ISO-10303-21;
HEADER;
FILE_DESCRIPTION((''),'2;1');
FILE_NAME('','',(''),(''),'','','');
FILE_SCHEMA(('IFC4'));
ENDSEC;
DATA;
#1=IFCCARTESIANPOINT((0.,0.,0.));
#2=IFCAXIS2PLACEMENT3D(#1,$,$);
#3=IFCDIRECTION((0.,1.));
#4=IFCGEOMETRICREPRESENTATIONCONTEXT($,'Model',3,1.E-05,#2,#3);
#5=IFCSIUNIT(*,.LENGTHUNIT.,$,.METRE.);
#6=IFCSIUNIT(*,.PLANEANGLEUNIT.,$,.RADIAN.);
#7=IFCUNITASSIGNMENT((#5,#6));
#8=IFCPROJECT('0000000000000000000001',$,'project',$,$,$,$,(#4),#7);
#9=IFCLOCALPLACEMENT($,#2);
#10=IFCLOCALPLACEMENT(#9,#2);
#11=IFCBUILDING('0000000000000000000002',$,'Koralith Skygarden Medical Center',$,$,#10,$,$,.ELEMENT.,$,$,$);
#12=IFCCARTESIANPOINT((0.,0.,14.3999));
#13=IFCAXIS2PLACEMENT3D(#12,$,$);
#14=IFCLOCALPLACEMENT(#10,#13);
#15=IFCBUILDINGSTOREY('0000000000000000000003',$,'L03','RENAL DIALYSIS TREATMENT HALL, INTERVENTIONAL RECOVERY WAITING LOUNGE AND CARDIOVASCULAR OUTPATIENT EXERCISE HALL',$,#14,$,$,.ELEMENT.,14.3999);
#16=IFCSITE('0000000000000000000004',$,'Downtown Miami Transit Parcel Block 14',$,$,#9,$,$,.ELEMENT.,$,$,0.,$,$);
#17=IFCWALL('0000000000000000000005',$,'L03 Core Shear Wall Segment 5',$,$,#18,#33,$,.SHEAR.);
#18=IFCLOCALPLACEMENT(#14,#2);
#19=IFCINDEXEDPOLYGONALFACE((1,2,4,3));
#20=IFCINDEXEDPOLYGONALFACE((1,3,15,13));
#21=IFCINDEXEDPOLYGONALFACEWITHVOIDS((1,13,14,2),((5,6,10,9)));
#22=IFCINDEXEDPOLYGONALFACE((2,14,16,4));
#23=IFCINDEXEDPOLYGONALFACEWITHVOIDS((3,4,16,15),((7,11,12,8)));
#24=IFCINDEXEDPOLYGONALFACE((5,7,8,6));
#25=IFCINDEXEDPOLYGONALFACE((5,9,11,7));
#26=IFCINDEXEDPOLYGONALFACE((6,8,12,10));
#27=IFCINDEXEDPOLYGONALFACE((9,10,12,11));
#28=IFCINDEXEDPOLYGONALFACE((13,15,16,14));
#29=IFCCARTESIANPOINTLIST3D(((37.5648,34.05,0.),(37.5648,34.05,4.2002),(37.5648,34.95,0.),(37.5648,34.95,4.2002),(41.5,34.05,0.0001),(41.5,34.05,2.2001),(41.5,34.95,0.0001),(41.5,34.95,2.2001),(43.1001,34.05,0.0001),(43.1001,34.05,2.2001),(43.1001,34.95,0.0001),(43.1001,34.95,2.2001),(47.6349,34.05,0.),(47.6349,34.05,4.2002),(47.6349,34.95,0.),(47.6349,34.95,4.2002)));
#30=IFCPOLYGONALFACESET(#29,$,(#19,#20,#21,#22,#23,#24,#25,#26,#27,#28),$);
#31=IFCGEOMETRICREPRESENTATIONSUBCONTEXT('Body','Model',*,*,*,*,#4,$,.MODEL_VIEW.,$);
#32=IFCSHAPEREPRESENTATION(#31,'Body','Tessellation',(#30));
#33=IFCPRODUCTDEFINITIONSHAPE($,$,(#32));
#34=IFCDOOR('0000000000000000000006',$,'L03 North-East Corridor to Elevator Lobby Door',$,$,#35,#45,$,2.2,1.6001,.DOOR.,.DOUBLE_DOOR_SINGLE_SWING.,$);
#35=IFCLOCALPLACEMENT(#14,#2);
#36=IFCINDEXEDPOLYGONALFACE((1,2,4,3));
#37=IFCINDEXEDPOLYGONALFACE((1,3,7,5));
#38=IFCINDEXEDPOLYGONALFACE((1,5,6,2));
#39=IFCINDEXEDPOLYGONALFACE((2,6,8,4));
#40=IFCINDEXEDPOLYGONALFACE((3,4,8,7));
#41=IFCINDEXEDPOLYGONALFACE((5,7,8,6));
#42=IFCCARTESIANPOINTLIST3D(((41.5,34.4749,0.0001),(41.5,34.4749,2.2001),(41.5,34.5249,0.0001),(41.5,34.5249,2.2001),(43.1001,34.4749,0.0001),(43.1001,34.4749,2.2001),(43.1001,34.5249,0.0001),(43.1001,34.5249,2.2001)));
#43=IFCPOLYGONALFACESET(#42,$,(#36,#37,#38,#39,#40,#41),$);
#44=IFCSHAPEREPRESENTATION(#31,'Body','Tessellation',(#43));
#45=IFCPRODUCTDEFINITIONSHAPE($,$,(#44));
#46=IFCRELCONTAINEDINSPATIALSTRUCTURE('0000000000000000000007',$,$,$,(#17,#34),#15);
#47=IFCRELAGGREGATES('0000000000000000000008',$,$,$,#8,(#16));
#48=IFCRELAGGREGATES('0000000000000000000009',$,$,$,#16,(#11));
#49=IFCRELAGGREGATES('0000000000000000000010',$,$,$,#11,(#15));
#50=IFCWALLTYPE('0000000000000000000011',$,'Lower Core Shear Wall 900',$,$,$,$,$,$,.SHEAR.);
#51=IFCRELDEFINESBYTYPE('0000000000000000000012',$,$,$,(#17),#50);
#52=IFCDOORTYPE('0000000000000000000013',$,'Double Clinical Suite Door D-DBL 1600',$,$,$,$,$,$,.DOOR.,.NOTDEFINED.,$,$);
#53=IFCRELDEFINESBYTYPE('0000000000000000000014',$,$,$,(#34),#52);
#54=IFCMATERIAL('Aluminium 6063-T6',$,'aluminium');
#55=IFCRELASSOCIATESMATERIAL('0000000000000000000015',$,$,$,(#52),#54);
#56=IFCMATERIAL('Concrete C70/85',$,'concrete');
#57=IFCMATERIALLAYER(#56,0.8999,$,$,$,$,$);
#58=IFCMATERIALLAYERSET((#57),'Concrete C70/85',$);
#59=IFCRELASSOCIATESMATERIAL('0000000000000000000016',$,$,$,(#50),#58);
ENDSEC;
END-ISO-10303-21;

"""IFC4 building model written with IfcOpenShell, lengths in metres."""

from ifc_helpers import new_model, si_unit, direction, frame, frame_2d, origin, place, context, subcontext, project, spatial, rectangle, extrude, material, layer, layer_set, type_object, element, fill, save


model = new_model("IFC4")

# Units and contexts
model_context = context("Model", 3, precision=1e-05, world=origin(), true_north=direction((0.0, 1.0)))
body_context = subcontext(model_context, "Body", "Model", "MODEL_VIEW")
ifc_project = project(units=[si_unit("LENGTHUNIT", "METRE"), si_unit("PLANEANGLEUNIT", "RADIAN")], contexts=[model_context])

# Site, building, storey
site_placement = place(None, origin())
site = spatial("IfcSite", under=ifc_project, at=site_placement, Name="Downtown Miami Transit Parcel Block 14", CompositionType="ELEMENT", RefElevation=0.0)
building_placement = place(site_placement, origin())
building = spatial("IfcBuilding", under=site, at=building_placement, Name="Koralith Skygarden Medical Center", CompositionType="ELEMENT")
storey_placement = place(building_placement, frame((0.0, 0.0, 14.3999)))
storey = spatial("IfcBuildingStorey", under=building, at=storey_placement, Name="L03", Description="RENAL DIALYSIS TREATMENT HALL, INTERVENTIONAL RECOVERY WAITING LOUNGE AND CARDIOVASCULAR OUTPATIENT EXERCISE HALL", CompositionType="ELEMENT", Elevation=14.3999)

# Shared definitions
ifc_material_1 = material(Name="Concrete C70/85", Category="concrete")

# Shared definitions
ifc_material_2 = material(Name="Aluminium 6063-T6", Category="aluminium")

# Wall, opening, door
door_type_1 = type_object("IfcDoorType", Name="Double Clinical Suite Door D-DBL 1600", OperationType="NOTDEFINED", PredefinedType="DOOR", material=ifc_material_2)
ifc_layer_1 = layer(ifc_material_1, 0.8999)
ifc_layer_set_1 = layer_set([ifc_layer_1], Name="Concrete C70/85")
wall_type_1 = type_object("IfcWallType", Name="Lower Core Shear Wall 900", PredefinedType="SHEAR", material=ifc_layer_set_1)
wall_1_placement = place(storey_placement, frame((47.635, 34.5, 0.0), z_axis=(0.0, 0.0, 1.0), x_axis=(-1.0, 0.0, 0.0)))
wall_1 = element("IfcWall", 1, at=wall_1_placement, inside=storey, type_object=wall_type_1, Name="L03 Core Shear Wall Segment 5", PredefinedType="SHEAR", context=body_context, shape_type="SweptSolid", body=[
    extrude(rectangle(XDim=10.0701, YDim=0.8999, at=frame_2d((5.0352, 0.0))), origin(), (0.0, 0.0, 1.0), 4.2002),
])
opening_1_placement = place(wall_1_placement, frame((4.5349, 0.0, 0.0)))
opening_1 = element("IfcOpeningElement", 2, at=opening_1_placement, cuts=wall_1, PredefinedType="OPENING", context=body_context, shape_type="SweptSolid", body=[
    extrude(rectangle(XDim=1.6001, YDim=2.2, at=frame_2d((0.8, 1.1001))), frame((0.0, 0.46, 0.0), z_axis=(0.0, -1.0, 0.0), x_axis=(1.0, 0.0, 0.0)), (0.0, 0.0, 1.0), 0.9199),
])
door_1_placement = place(opening_1_placement, frame((1.6001, 0.0, 0.0), z_axis=(0.0, 0.0, 1.0), x_axis=(-1.0, 0.0, 0.0)))
door_1 = element("IfcDoor", 3, at=door_1_placement, inside=storey, type_object=door_type_1, Name="L03 North-East Corridor to Elevator Lobby Door", OperationType="DOUBLE_DOOR_SINGLE_SWING", OverallHeight=2.2, OverallWidth=1.6001, PredefinedType="DOOR", context=body_context, shape_type="SweptSolid", body=[
    extrude(rectangle(XDim=1.6001, YDim=2.2, at=frame_2d((0.8, 1.1001))), frame((0.0, 0.0249, 0.0), z_axis=(0.0, -1.0, 0.0), x_axis=(1.0, 0.0, 0.0)), (0.0, 0.0, 1.0), 0.05),
])
fill(opening_1, door_1)

save(model, "model.ifc")
